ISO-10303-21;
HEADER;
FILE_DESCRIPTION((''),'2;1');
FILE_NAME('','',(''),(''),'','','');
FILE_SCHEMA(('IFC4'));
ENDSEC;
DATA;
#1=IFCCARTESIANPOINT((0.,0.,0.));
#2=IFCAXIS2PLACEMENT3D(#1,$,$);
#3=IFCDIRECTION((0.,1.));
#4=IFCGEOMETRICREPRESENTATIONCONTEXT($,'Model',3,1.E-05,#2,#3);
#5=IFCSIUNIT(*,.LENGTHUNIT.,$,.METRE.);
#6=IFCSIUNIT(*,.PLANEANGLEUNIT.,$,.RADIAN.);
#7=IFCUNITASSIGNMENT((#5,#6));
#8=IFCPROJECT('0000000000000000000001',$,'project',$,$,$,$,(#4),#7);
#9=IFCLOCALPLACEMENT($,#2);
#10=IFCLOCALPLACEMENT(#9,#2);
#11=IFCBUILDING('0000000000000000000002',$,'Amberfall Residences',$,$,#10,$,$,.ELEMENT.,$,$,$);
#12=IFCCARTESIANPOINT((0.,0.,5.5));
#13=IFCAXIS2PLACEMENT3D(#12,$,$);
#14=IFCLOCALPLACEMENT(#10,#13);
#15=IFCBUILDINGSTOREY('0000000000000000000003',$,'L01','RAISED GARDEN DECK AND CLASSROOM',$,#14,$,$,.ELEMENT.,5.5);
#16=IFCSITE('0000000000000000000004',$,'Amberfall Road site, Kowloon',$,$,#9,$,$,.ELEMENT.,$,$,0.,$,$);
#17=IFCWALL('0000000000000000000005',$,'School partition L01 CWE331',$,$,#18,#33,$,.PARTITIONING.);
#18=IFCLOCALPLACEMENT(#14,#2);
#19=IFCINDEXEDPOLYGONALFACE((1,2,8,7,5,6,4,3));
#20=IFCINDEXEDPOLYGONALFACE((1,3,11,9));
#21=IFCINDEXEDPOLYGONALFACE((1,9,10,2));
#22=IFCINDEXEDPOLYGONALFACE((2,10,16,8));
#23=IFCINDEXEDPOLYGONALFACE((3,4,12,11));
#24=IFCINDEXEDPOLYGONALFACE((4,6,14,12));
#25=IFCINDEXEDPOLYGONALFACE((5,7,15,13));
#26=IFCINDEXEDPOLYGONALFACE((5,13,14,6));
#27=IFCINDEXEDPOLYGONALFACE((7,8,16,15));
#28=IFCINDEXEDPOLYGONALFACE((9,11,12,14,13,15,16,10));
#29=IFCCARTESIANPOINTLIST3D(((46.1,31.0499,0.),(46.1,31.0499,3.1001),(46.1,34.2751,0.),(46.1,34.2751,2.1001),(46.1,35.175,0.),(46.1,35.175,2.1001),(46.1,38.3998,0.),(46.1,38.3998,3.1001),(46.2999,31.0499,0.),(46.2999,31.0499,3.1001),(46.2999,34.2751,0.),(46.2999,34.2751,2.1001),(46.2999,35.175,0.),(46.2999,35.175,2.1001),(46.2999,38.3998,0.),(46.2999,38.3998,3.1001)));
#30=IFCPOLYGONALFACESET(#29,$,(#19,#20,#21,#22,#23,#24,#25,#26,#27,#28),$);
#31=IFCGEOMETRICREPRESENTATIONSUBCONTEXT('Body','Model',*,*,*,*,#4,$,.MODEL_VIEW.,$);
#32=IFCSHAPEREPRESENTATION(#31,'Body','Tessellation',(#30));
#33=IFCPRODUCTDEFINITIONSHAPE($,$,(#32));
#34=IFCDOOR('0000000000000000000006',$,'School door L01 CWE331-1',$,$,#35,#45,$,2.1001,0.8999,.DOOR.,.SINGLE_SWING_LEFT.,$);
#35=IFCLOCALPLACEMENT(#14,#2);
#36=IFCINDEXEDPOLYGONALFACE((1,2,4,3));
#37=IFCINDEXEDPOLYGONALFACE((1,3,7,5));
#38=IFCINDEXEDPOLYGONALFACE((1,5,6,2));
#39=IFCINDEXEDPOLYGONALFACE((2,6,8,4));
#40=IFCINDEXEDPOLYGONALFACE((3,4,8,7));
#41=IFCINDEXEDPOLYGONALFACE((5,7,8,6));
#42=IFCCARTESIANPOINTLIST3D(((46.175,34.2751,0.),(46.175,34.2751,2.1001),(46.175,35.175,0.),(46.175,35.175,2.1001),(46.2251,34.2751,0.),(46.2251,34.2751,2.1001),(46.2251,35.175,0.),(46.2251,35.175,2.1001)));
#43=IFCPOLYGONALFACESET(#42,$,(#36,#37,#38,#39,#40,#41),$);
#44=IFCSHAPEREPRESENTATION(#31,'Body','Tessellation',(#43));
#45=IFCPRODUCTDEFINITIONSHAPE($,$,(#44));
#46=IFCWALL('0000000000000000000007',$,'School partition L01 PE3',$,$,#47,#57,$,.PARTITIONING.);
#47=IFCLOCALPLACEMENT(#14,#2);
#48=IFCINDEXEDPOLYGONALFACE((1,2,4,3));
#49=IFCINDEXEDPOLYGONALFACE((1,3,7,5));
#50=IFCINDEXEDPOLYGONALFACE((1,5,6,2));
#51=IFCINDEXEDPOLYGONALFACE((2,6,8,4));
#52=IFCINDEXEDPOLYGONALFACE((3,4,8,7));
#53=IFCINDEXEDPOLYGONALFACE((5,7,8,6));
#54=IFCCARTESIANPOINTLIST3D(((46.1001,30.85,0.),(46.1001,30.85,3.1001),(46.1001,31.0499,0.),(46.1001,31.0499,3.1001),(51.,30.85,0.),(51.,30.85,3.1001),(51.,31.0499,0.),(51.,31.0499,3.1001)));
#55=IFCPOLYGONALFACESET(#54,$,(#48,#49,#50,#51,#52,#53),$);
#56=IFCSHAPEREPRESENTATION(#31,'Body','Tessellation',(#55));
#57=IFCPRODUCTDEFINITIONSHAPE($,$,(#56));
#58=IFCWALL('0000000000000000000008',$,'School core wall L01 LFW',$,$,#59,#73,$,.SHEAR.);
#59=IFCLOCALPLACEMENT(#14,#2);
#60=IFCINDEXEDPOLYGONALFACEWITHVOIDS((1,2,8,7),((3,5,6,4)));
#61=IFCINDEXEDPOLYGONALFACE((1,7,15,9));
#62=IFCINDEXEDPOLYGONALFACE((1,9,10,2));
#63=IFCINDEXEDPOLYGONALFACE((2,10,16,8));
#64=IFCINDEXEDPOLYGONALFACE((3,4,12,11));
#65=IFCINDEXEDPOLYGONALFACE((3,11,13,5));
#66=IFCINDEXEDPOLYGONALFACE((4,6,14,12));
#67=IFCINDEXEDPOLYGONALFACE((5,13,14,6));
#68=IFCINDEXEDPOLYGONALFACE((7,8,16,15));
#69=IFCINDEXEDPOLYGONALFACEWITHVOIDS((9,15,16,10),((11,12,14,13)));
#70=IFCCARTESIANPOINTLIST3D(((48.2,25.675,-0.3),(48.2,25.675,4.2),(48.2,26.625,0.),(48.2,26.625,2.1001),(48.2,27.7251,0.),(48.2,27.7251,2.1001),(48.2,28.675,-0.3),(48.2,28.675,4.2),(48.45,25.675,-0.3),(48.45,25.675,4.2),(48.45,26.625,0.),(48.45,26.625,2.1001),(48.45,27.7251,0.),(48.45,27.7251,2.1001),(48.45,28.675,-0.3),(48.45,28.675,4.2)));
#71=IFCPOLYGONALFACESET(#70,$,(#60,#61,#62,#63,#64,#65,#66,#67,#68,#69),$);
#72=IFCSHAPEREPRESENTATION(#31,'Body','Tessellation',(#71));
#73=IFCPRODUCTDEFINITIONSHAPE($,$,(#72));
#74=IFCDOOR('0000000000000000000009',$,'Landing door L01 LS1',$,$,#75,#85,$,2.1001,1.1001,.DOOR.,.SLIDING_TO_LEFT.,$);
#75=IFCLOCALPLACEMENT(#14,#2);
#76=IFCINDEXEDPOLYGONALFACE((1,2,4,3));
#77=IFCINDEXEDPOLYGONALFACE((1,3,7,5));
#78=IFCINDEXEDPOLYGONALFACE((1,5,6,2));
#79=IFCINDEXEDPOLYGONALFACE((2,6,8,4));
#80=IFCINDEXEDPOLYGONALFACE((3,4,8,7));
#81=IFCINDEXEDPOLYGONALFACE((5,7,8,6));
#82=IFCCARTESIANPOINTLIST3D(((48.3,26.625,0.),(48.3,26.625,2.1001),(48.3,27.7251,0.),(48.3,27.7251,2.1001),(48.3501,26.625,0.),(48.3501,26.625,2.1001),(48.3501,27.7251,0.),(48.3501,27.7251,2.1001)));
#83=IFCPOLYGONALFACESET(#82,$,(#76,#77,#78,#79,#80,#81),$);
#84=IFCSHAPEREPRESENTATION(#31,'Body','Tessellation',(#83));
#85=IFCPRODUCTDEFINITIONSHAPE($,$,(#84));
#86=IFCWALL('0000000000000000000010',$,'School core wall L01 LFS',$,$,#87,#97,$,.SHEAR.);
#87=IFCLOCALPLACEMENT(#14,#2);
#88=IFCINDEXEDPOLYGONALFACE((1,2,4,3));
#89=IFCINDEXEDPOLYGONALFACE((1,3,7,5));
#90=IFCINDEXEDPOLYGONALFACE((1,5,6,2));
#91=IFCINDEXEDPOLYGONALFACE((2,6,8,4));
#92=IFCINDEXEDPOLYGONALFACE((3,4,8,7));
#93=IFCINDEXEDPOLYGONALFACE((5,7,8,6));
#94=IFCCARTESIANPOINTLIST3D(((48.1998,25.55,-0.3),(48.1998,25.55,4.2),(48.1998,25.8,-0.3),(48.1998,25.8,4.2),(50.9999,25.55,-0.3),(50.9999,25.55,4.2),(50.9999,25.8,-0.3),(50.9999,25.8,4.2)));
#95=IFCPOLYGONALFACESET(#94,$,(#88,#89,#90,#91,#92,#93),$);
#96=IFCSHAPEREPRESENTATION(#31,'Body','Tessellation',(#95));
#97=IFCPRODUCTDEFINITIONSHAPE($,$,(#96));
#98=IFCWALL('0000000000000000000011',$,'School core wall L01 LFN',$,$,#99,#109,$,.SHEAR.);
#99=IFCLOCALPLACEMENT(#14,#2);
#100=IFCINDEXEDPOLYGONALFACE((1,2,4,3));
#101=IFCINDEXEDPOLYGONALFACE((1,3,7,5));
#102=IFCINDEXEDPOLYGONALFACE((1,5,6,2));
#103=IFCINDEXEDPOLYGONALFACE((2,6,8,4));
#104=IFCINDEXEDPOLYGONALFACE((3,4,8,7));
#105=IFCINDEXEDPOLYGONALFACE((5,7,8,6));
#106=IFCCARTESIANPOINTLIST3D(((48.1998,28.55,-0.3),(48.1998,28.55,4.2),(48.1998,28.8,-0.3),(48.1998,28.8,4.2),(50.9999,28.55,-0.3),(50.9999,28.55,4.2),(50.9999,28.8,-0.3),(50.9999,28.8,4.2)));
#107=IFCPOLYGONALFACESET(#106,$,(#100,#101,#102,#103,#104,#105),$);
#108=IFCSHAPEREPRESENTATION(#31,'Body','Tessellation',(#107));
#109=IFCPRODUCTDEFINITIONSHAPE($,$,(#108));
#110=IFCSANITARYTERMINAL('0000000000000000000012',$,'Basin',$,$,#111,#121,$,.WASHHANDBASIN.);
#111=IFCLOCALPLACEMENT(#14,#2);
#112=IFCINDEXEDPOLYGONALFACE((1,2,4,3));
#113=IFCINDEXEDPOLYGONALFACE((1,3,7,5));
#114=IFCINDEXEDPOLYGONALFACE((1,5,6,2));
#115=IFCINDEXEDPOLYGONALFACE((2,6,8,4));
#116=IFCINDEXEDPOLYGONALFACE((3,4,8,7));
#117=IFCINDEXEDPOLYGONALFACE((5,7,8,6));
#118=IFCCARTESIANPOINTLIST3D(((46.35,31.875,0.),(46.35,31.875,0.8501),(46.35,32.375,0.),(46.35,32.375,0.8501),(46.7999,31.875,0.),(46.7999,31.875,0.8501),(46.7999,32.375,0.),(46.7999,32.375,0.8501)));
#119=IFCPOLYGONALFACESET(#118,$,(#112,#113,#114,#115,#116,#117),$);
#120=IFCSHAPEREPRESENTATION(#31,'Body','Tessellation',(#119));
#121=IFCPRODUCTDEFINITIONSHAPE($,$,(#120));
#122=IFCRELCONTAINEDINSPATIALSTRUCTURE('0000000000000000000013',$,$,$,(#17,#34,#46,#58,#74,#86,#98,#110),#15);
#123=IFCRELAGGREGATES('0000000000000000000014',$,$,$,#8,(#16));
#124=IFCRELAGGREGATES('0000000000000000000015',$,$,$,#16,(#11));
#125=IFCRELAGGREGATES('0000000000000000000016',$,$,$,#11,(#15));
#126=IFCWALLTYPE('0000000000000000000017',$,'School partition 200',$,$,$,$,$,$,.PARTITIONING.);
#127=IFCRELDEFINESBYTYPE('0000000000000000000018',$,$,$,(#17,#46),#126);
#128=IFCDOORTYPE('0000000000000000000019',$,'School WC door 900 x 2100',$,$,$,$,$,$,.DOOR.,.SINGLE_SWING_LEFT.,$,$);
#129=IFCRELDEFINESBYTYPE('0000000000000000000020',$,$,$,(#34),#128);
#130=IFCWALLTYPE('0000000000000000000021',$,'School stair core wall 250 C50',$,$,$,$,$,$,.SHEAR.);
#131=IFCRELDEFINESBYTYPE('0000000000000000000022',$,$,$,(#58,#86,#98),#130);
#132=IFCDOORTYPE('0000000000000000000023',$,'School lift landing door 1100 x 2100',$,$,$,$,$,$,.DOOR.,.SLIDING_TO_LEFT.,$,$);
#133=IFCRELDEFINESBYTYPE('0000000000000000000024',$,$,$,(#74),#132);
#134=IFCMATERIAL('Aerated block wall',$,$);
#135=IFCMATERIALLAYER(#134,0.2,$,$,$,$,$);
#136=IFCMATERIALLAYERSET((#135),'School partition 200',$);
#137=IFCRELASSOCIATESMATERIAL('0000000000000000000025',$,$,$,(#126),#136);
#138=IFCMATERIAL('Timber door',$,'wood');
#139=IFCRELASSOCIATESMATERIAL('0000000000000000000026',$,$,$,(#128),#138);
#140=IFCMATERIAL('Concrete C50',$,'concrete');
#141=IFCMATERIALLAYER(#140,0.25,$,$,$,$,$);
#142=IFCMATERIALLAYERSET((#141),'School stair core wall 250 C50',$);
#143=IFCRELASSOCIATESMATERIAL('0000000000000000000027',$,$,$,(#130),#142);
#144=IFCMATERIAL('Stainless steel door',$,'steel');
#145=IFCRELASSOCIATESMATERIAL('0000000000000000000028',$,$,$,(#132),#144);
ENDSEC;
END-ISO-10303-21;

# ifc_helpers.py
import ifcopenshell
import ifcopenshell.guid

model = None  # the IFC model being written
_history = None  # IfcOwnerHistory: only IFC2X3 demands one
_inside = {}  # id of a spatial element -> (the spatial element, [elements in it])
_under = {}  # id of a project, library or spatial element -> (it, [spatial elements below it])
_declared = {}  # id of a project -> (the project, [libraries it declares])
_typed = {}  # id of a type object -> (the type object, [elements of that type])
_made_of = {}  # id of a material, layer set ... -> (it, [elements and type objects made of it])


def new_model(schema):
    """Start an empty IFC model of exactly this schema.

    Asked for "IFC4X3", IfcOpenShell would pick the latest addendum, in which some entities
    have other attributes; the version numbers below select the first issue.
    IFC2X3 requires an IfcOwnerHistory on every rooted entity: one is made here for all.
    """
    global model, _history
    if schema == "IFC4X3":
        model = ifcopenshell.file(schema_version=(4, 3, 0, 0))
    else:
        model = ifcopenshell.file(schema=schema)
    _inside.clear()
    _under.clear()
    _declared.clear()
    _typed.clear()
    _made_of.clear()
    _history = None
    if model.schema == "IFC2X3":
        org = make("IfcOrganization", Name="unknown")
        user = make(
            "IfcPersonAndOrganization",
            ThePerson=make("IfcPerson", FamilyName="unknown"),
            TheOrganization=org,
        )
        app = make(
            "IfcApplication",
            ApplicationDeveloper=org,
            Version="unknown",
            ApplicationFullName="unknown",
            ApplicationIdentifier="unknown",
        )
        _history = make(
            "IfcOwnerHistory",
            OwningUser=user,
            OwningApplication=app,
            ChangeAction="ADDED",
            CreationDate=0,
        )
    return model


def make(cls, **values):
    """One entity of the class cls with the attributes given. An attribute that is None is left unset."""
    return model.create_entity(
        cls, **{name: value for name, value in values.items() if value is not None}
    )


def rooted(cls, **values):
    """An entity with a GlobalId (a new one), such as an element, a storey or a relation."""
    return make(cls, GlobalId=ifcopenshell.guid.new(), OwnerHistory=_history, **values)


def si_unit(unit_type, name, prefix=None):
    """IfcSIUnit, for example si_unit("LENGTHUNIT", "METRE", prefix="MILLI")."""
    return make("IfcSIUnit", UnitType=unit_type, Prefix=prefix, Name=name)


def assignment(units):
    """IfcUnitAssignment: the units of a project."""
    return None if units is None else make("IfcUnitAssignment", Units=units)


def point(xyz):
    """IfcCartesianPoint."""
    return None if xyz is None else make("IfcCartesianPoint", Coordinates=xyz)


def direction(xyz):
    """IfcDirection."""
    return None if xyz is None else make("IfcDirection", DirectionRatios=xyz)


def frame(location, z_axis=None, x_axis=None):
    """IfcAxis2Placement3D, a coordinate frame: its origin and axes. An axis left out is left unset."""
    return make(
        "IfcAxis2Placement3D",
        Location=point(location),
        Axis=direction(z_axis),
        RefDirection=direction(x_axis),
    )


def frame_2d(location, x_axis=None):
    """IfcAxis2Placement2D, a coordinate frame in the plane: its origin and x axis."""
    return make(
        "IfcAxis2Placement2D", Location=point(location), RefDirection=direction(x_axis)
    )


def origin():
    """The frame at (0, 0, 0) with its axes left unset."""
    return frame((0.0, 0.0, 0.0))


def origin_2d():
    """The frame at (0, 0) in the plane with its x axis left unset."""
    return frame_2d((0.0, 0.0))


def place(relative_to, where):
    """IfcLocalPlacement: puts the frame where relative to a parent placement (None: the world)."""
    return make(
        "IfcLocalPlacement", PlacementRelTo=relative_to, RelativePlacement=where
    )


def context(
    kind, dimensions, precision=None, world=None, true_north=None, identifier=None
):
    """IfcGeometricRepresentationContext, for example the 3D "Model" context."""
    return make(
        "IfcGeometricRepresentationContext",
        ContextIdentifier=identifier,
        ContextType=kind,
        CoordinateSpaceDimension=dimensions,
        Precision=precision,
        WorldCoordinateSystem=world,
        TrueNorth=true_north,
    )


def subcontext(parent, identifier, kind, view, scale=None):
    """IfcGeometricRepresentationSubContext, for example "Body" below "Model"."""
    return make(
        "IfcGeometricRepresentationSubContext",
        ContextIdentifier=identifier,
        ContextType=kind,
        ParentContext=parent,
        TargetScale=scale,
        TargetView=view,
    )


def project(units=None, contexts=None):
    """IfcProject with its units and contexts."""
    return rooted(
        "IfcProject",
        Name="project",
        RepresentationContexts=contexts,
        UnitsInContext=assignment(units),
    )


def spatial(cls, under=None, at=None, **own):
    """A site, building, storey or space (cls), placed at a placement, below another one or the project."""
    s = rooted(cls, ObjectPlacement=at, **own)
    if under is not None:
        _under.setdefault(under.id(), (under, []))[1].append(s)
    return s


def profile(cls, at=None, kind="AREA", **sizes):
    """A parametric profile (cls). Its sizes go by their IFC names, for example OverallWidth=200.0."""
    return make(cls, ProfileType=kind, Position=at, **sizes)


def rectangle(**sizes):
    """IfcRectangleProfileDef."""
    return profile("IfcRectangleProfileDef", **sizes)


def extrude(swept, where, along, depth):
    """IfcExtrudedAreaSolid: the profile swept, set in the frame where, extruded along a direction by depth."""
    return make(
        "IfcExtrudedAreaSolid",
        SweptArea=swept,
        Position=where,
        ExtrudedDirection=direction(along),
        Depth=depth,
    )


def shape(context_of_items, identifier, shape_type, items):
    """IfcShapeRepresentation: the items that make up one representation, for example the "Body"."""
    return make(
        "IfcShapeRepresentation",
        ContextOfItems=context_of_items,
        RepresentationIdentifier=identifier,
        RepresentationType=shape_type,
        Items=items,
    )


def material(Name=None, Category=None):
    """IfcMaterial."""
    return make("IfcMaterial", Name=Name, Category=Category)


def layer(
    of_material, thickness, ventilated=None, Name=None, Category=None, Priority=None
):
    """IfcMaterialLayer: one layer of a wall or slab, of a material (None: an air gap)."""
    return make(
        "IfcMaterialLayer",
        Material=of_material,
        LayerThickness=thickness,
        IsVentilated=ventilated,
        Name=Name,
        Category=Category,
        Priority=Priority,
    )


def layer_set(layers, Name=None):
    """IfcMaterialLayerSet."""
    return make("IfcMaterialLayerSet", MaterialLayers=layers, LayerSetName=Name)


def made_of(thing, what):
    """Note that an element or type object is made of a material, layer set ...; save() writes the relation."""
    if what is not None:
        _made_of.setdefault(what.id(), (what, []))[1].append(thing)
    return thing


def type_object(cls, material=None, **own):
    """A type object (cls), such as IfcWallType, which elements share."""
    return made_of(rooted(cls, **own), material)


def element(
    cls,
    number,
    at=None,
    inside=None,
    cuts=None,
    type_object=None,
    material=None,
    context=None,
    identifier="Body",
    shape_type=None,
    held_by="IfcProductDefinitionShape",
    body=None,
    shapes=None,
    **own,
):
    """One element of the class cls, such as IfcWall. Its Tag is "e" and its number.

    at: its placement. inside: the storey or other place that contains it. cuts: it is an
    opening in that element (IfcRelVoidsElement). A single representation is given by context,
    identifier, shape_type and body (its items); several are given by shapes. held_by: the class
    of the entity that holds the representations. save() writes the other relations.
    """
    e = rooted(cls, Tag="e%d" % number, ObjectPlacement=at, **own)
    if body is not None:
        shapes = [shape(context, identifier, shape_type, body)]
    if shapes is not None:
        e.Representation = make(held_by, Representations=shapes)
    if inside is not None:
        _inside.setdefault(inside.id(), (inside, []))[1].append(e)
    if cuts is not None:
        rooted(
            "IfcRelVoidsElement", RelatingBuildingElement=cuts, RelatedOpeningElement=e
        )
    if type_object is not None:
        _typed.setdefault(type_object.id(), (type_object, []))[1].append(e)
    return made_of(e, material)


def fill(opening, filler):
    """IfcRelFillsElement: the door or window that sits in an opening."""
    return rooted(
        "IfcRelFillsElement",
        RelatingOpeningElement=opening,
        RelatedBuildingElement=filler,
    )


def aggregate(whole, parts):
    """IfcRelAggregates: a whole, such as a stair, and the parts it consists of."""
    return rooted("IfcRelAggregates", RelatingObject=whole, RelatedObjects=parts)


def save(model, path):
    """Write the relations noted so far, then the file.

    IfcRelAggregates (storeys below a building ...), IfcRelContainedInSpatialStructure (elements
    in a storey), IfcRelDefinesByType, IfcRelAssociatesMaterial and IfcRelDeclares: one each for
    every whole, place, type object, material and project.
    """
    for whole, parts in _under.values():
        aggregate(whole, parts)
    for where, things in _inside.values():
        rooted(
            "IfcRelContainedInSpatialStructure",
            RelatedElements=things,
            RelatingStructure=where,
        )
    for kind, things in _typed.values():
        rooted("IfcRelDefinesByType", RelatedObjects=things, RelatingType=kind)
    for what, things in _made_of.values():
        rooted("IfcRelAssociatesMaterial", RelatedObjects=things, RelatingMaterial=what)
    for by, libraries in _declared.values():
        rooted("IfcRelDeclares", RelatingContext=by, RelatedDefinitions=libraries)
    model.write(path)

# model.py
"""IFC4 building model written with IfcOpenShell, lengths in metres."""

from ifc_helpers import new_model, si_unit, direction, frame, frame_2d, origin, origin_2d, place, context, subcontext, project, spatial, rectangle, extrude, material, layer, layer_set, type_object, element, fill, save


model = new_model("IFC4")

# Units and contexts
model_context = context("Model", 3, precision=1e-05, world=origin(), true_north=direction((0.0, 1.0)))
body_context = subcontext(model_context, "Body", "Model", "MODEL_VIEW")
ifc_project = project(units=[si_unit("LENGTHUNIT", "METRE"), si_unit("PLANEANGLEUNIT", "RADIAN")], contexts=[model_context])

# Site, building, storey
site_placement = place(None, origin())
site = spatial("IfcSite", under=ifc_project, at=site_placement, Name="Amberfall Road site, Kowloon", CompositionType="ELEMENT", RefElevation=0.0)
building_placement = place(site_placement, origin())
building = spatial("IfcBuilding", under=site, at=building_placement, Name="Amberfall Residences", CompositionType="ELEMENT")
storey_placement = place(building_placement, frame((0.0, 0.0, 5.5)))
storey = spatial("IfcBuildingStorey", under=building, at=storey_placement, Name="L01", Description="RAISED GARDEN DECK AND CLASSROOM", CompositionType="ELEMENT", Elevation=5.5)

# Shared definitions
ifc_material_1 = material(Name="Concrete C50", Category="concrete")

# Shared definitions
ifc_material_2 = material(Name="Aerated block wall")

# Shared definitions
ifc_layer_1 = layer(ifc_material_2, 0.2)
ifc_layer_set_1 = layer_set([ifc_layer_1], Name="School partition 200")
wall_type_1 = type_object("IfcWallType", Name="School partition 200", PredefinedType="PARTITIONING", material=ifc_layer_set_1)
ifc_material_3 = material(Name="Timber door", Category="wood")

# Wall, opening, door
wall_1_placement = place(storey_placement, frame((46.2, 31.05, 0.0), z_axis=(0.0, 0.0, 1.0), x_axis=(0.0, 1.0, 0.0)))
wall_1 = element("IfcWall", 1, at=wall_1_placement, inside=storey, type_object=wall_type_1, Name="School partition L01 CWE331", PredefinedType="PARTITIONING", context=body_context, shape_type="SweptSolid", body=[
    extrude(rectangle(XDim=7.3499, YDim=0.2, at=frame_2d((3.6748, 0.0))), origin(), (0.0, 0.0, 1.0), 3.1001),
])
opening_1_placement = place(wall_1_placement, frame((3.2251, 0.0, 0.0)))
opening_1 = element("IfcOpeningElement", 2, at=opening_1_placement, cuts=wall_1, PredefinedType="OPENING", context=body_context, shape_type="SweptSolid", body=[
    extrude(rectangle(XDim=0.8999, YDim=2.1001, at=frame_2d((0.45, 1.05))), frame((0.0, 0.1099, 0.0), z_axis=(0.0, -1.0, 0.0), x_axis=(1.0, 0.0, 0.0)), (0.0, 0.0, 1.0), 0.22),
])
door_type_1 = type_object("IfcDoorType", Name="School WC door 900 x 2100", OperationType="SINGLE_SWING_LEFT", PredefinedType="DOOR", material=ifc_material_3)
door_1_placement = place(opening_1_placement, origin())
door_1 = element("IfcDoor", 3, at=door_1_placement, inside=storey, type_object=door_type_1, Name="School door L01 CWE331-1", OperationType="SINGLE_SWING_LEFT", OverallHeight=2.1001, OverallWidth=0.8999, PredefinedType="DOOR", context=body_context, shape_type="SweptSolid", body=[
    extrude(rectangle(XDim=0.8999, YDim=2.1001, at=frame_2d((0.45, 1.05))), frame((0.0, 0.0249, 0.0), z_axis=(0.0, -1.0, 0.0), x_axis=(1.0, 0.0, 0.0)), (0.0, 0.0, 1.0), 0.05),
])
fill(opening_1, door_1)

# Wall
wall_2_placement = place(storey_placement, frame((46.1001, 30.95, 0.0), z_axis=(0.0, 0.0, 1.0), x_axis=(1.0, 0.0, 0.0)))
element("IfcWall", 4, at=wall_2_placement, inside=storey, type_object=wall_type_1, Name="School partition L01 PE3", PredefinedType="PARTITIONING", context=body_context, shape_type="SweptSolid", body=[
    extrude(rectangle(XDim=4.8999, YDim=0.2, at=frame_2d((2.45, 0.0))), origin(), (0.0, 0.0, 1.0), 3.1001),
])

# Wall, opening, door
ifc_layer_2 = layer(ifc_material_1, 0.25)
ifc_layer_set_2 = layer_set([ifc_layer_2], Name="School stair core wall 250 C50")
wall_type_2 = type_object("IfcWallType", Name="School stair core wall 250 C50", PredefinedType="SHEAR", material=ifc_layer_set_2)
wall_3_placement = place(storey_placement, frame((48.325, 25.675, -0.3), z_axis=(0.0, 0.0, 1.0), x_axis=(0.0, 1.0, 0.0)))
wall_3 = element("IfcWall", 5, at=wall_3_placement, inside=storey, type_object=wall_type_2, Name="School core wall L01 LFW", PredefinedType="SHEAR", context=body_context, shape_type="SweptSolid", body=[
    extrude(rectangle(XDim=3.0, YDim=0.25, at=frame_2d((1.5, 0.0))), origin(), (0.0, 0.0, 1.0), 4.5),
])
opening_2_placement = place(wall_3_placement, frame((0.95, 0.0, 0.3)))
opening_2 = element("IfcOpeningElement", 6, at=opening_2_placement, cuts=wall_3, PredefinedType="OPENING", context=body_context, shape_type="SweptSolid", body=[
    extrude(rectangle(XDim=1.1001, YDim=2.1001, at=frame_2d((0.55, 1.05))), frame((0.0, 0.135, 0.0), z_axis=(0.0, -1.0, 0.0), x_axis=(1.0, 0.0, 0.0)), (0.0, 0.0, 1.0), 0.27),
])
ifc_material_4 = material(Name="Stainless steel door", Category="steel")
door_type_2 = type_object("IfcDoorType", Name="School lift landing door 1100 x 2100", OperationType="SLIDING_TO_LEFT", PredefinedType="DOOR", material=ifc_material_4)
door_2_placement = place(opening_2_placement, origin())
door_2 = element("IfcDoor", 7, at=door_2_placement, inside=storey, type_object=door_type_2, Name="Landing door L01 LS1", OperationType="SLIDING_TO_LEFT", OverallHeight=2.1001, OverallWidth=1.1001, PredefinedType="DOOR", context=body_context, shape_type="SweptSolid", body=[
    extrude(rectangle(XDim=1.1001, YDim=2.1001, at=frame_2d((0.55, 1.05))), frame((0.0, 0.0249, 0.0), z_axis=(0.0, -1.0, 0.0), x_axis=(1.0, 0.0, 0.0)), (0.0, 0.0, 1.0), 0.05),
])
fill(opening_2, door_2)

# Walls
for number, where, z_axis, x_axis, name in (
    (8, (48.2, 25.675, -0.3), (0.0, 0.0, 1.0), (1.0, 0.0, 0.0), "School core wall L01 LFS"),
    (9, (48.2, 28.675, -0.3), (0.0, 0.0, 1.0), (1.0, 0.0, 0.0), "School core wall L01 LFN"),
):
    element("IfcWall", number, at=place(storey_placement, frame(where, z_axis=z_axis, x_axis=x_axis)), inside=storey, type_object=wall_type_2, Name=name, PredefinedType="SHEAR", context=body_context, shape_type="SweptSolid", body=[
        extrude(rectangle(XDim=2.8, YDim=0.25, at=frame_2d((1.3999, 0.0))), origin(), (0.0, 0.0, 1.0), 4.5),
    ])

# Sanitary terminal
sanitary_terminal_placement = place(storey_placement, frame((46.575, 32.125, 0.0), z_axis=(0.0, 0.0, 1.0), x_axis=(1.0, 0.0, 0.0)))
element("IfcSanitaryTerminal", 10, at=sanitary_terminal_placement, inside=storey, Name="Basin", PredefinedType="WASHHANDBASIN", context=body_context, shape_type="SweptSolid", body=[
    extrude(rectangle(XDim=0.45, YDim=0.5, at=origin_2d()), origin(), (0.0, 0.0, 1.0), 0.8501),
])

save(model, "model.ifc")
